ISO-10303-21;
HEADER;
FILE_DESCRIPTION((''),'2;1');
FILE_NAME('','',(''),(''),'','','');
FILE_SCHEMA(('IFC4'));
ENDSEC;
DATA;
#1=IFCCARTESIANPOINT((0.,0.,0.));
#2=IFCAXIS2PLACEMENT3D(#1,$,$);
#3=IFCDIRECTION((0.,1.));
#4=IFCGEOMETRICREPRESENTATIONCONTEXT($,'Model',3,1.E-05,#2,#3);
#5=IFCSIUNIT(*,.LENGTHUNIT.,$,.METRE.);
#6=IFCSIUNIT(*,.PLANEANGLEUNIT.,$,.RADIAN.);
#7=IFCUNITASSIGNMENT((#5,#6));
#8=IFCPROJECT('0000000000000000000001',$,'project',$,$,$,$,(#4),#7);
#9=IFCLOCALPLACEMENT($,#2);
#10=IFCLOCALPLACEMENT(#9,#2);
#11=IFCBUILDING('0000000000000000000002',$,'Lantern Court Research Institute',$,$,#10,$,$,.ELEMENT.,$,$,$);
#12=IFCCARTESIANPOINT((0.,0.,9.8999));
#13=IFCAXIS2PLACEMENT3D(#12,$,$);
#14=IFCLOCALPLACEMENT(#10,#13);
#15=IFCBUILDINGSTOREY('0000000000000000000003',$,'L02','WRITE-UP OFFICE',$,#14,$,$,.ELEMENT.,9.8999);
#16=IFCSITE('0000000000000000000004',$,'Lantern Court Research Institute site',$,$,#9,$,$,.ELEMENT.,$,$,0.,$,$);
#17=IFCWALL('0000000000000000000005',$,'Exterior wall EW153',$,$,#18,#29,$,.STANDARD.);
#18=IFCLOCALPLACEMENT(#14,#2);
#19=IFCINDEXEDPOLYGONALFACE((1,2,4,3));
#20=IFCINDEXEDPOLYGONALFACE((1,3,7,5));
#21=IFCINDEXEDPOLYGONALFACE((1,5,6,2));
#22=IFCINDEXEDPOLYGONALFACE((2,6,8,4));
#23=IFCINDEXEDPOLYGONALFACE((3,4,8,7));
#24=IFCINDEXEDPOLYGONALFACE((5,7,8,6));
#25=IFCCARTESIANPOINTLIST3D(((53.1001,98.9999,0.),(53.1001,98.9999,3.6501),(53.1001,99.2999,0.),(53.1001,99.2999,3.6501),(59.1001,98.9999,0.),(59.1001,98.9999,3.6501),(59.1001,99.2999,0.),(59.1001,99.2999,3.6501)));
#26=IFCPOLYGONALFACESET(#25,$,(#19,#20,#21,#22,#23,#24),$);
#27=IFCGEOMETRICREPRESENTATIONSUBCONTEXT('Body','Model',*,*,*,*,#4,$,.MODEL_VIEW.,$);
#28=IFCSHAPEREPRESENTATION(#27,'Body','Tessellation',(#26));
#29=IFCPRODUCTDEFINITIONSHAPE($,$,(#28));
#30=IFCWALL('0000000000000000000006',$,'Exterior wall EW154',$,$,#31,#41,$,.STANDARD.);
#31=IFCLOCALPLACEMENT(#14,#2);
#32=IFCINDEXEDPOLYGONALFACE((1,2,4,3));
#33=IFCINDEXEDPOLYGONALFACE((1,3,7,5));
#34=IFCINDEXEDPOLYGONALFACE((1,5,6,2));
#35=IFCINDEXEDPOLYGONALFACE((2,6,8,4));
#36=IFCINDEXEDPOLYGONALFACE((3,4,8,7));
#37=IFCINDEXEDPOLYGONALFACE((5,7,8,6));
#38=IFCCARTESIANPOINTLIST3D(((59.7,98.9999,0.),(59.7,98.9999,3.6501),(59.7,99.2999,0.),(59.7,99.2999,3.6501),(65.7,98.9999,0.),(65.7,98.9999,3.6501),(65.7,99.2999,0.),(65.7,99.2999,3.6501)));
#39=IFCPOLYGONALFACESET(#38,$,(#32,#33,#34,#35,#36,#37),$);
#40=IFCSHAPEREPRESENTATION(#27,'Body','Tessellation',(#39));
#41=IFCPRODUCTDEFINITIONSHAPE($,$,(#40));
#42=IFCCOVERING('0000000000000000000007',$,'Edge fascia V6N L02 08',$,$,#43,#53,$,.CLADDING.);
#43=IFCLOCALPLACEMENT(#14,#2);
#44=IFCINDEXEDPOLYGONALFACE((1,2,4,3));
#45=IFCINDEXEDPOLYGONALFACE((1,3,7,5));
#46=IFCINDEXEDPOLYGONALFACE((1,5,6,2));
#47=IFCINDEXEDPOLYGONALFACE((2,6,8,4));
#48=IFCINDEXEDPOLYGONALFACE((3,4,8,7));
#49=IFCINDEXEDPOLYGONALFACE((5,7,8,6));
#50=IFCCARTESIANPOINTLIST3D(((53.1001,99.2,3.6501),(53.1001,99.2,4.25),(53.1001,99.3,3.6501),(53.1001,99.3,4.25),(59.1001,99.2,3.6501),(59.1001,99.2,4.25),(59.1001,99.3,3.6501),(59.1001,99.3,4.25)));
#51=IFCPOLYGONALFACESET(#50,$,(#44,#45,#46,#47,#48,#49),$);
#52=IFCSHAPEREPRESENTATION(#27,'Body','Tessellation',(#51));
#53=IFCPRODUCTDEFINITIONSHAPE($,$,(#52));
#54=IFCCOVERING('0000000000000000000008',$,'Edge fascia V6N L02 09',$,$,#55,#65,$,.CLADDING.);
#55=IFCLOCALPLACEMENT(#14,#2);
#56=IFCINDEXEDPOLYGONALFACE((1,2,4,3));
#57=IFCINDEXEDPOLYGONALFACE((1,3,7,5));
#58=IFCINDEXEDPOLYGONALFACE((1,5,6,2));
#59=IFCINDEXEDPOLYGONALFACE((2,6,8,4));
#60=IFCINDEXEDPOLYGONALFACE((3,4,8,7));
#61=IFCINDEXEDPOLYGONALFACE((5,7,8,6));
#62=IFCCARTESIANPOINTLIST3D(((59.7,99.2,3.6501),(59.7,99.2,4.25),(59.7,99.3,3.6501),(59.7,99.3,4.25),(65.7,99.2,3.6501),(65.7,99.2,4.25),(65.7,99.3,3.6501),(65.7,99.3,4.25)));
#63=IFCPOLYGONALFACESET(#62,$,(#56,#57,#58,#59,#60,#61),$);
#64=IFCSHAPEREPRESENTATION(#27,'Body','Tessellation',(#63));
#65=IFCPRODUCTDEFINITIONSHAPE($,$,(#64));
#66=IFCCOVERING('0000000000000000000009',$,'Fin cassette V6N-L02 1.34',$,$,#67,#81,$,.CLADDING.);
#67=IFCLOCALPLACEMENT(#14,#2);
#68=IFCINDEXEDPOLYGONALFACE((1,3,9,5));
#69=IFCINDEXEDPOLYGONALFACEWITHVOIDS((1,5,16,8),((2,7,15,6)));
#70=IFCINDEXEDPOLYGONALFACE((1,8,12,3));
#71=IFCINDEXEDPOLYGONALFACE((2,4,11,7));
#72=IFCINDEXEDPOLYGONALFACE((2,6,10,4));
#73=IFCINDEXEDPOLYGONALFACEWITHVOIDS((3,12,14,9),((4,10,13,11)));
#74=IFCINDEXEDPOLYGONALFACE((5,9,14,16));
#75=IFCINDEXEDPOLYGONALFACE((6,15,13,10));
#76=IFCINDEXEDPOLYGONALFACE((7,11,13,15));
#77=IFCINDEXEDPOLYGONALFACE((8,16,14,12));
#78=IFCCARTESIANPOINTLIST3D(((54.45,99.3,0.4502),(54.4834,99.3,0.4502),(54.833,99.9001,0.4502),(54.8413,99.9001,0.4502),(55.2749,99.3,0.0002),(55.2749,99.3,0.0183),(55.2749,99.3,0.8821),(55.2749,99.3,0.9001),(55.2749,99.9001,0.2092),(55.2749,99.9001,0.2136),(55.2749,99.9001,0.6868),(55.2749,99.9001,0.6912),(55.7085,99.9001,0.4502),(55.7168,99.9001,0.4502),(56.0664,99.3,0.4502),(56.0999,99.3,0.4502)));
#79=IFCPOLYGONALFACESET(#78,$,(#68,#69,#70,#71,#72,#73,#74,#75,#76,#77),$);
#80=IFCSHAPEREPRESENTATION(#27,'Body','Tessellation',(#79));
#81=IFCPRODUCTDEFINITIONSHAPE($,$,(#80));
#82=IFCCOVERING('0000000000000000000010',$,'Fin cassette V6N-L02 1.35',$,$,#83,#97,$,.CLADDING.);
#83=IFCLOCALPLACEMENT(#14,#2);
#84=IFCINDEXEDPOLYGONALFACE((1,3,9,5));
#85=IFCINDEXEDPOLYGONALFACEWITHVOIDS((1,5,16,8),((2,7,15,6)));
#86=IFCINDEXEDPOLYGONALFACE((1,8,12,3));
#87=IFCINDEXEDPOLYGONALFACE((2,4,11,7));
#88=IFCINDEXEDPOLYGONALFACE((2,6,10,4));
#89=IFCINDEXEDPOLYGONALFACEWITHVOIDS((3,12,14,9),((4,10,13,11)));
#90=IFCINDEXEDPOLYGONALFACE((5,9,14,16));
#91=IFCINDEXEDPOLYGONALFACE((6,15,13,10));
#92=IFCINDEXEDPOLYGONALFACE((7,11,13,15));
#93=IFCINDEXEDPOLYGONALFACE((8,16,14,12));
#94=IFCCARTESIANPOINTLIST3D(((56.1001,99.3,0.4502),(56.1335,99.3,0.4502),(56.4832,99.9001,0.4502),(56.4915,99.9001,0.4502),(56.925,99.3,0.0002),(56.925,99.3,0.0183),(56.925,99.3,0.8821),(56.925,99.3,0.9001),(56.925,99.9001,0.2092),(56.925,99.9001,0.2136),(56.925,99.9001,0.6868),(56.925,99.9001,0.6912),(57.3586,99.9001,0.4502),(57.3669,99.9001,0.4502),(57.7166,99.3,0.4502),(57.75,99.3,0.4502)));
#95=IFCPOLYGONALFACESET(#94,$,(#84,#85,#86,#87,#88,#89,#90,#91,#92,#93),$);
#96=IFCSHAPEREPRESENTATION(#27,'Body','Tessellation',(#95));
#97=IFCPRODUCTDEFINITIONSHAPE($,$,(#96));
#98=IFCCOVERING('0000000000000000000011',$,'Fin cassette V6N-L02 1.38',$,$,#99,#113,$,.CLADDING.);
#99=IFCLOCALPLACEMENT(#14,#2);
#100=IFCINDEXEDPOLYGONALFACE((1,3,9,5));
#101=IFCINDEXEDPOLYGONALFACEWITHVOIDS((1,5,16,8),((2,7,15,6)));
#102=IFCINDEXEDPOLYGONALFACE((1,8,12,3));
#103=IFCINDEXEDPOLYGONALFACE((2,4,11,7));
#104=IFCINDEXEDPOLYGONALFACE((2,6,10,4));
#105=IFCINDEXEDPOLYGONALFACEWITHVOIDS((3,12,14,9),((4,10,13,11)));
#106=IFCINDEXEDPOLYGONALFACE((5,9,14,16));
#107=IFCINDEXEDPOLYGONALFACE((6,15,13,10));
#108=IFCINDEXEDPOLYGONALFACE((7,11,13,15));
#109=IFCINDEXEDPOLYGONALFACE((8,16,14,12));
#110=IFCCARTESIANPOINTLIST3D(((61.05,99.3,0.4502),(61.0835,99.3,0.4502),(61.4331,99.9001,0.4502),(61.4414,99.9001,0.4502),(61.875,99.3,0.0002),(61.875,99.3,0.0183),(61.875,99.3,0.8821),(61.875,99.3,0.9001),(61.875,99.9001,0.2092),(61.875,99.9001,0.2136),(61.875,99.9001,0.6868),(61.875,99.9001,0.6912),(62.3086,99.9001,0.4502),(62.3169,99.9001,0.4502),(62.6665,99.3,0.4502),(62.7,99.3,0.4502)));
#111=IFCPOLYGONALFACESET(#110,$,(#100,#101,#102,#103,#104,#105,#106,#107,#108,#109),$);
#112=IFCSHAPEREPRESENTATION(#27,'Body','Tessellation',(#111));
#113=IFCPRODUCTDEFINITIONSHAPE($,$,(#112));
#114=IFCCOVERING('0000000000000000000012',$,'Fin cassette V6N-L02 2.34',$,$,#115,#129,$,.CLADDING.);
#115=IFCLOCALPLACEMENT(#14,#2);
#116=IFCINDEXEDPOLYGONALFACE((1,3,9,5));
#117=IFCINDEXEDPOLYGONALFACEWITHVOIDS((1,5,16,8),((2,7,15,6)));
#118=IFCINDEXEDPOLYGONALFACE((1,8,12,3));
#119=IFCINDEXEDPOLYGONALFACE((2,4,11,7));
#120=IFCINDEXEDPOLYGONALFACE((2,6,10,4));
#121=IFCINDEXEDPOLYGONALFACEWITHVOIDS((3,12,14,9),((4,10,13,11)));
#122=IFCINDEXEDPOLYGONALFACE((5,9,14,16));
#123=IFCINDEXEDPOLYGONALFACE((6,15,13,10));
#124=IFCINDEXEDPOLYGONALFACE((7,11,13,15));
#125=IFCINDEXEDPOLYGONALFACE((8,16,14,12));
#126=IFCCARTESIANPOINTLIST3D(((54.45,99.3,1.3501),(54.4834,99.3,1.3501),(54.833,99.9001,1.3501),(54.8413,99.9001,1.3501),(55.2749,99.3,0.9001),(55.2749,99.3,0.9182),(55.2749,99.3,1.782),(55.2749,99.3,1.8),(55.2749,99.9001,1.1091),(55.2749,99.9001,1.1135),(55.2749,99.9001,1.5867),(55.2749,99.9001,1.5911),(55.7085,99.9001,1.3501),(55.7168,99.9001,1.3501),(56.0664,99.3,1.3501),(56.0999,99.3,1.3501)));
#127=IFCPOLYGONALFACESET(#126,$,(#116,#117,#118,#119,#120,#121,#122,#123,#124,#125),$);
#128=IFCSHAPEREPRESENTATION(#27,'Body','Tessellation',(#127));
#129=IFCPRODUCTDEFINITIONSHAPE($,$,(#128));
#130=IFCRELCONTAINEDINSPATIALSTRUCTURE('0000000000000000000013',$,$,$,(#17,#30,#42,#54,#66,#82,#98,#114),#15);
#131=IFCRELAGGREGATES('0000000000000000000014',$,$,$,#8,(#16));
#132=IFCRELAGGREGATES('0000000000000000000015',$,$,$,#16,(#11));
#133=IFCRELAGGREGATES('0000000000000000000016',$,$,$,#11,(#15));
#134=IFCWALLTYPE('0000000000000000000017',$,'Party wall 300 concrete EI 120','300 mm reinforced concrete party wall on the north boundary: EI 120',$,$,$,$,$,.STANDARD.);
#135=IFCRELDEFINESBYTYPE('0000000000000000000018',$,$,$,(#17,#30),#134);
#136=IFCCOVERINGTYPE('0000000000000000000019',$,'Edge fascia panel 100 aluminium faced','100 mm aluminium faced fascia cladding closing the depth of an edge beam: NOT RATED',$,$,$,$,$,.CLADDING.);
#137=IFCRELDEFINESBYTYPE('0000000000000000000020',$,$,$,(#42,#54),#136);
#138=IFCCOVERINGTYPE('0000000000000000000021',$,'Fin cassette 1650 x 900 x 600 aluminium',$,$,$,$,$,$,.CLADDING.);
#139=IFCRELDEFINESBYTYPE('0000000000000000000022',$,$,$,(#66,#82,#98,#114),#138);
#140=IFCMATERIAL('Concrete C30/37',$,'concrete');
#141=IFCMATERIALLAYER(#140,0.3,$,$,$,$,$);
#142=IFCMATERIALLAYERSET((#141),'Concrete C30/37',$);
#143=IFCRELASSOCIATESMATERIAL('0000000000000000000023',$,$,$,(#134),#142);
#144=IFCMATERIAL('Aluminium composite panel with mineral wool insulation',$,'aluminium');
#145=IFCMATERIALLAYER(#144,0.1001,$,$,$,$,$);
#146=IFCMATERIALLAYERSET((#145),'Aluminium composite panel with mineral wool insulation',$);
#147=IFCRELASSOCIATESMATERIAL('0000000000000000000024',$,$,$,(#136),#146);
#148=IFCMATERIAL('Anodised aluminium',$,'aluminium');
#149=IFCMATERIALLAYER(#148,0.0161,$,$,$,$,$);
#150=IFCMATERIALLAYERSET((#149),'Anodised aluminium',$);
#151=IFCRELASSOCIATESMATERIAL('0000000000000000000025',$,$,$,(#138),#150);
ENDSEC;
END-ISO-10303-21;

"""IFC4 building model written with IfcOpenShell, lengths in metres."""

from ifc_helpers import new_model, entity, si_unit, direction, frame, frame_2d, origin, place, context, subcontext, project, spatial, rectangle, extrude, material, layer, layer_set, type_object, element, save


model = new_model("IFC4")

# Units and contexts
model_context = context("Model", 3, precision=1e-05, world=origin(), true_north=direction((0.0, 1.0)))
body_context = subcontext(model_context, "Body", "Model", "MODEL_VIEW")
ifc_project = project(units=[si_unit("LENGTHUNIT", "METRE"), si_unit("PLANEANGLEUNIT", "RADIAN")], contexts=[model_context])

# Site, building, storey
site_placement = place(None, origin())
site = spatial("IfcSite", under=ifc_project, at=site_placement, Name="Lantern Court Research Institute site", CompositionType="ELEMENT", RefElevation=0.0)
building_placement = place(site_placement, origin())
building = spatial("IfcBuilding", under=site, at=building_placement, Name="Lantern Court Research Institute", CompositionType="ELEMENT")
storey_placement = place(building_placement, frame((0.0, 0.0, 9.8999)))
storey = spatial("IfcBuildingStorey", under=building, at=storey_placement, Name="L02", Description="WRITE-UP OFFICE", CompositionType="ELEMENT", Elevation=9.8999)

# Walls
ifc_material_1 = material(Name="Concrete C30/37", Category="concrete")
ifc_layer_1 = layer(ifc_material_1, 0.3)
ifc_layer_set_1 = layer_set([ifc_layer_1], Name="Concrete C30/37")
wall_type = type_object("IfcWallType", Name="Party wall 300 concrete EI 120", Description="300 mm reinforced concrete party wall on the north boundary: EI 120", PredefinedType="STANDARD", material=ifc_layer_set_1)
for number, where, z_axis, x_axis, name in (
    (1, (53.1001, 99.1499, 0.0), (0.0, 0.0, 1.0), (1.0, 0.0, 0.0), "Exterior wall EW153"),
    (2, (59.7, 99.1499, 0.0), (0.0, 0.0, 1.0), (1.0, 0.0, 0.0), "Exterior wall EW154"),
):
    element("IfcWall", number, at=place(storey_placement, frame(where, z_axis=z_axis, x_axis=x_axis)), inside=storey, type_object=wall_type, Name=name, PredefinedType="STANDARD", context=body_context, shape_type="SweptSolid", body=[
        extrude(rectangle(XDim=6.0, YDim=0.3, at=frame_2d((3.0, 0.0))), origin(), (0.0, 0.0, 1.0), 3.6501),
    ])

# Coverings
ifc_material_2 = material(Name="Aluminium composite panel with mineral wool insulation", Category="aluminium")
ifc_layer_2 = layer(ifc_material_2, 0.1001)
ifc_layer_set_2 = layer_set([ifc_layer_2], Name="Aluminium composite panel with mineral wool insulation")
covering_type_1 = type_object("IfcCoveringType", Name="Edge fascia panel 100 aluminium faced", Description="100 mm aluminium faced fascia cladding closing the depth of an edge beam: NOT RATED", PredefinedType="CLADDING", material=ifc_layer_set_2)
for number, where, z_axis, x_axis, name in (
    (3, (53.1001, 99.25, 3.6501), (0.0, 0.0, 1.0), (1.0, 0.0, 0.0), "Edge fascia V6N L02 08"),
    (4, (59.7, 99.25, 3.6501), (0.0, 0.0, 1.0), (1.0, 0.0, 0.0), "Edge fascia V6N L02 09"),
):
    element("IfcCovering", number, at=place(storey_placement, frame(where, z_axis=z_axis, x_axis=x_axis)), inside=storey, type_object=covering_type_1, Name=name, PredefinedType="CLADDING", context=body_context, shape_type="SweptSolid", body=[
        extrude(rectangle(XDim=6.0, YDim=0.1001, at=frame_2d((3.0, 0.0))), origin(), (0.0, 0.0, 1.0), 0.5999),
    ])
ifc_material_3 = material(Name="Anodised aluminium", Category="aluminium")
ifc_layer_3 = layer(ifc_material_3, 0.0161)
ifc_layer_set_3 = layer_set([ifc_layer_3], Name="Anodised aluminium")
covering_type_2 = type_object("IfcCoveringType", Name="Fin cassette 1650 x 900 x 600 aluminium", PredefinedType="CLADDING", material=ifc_layer_set_3)
covering_1_placement = place(storey_placement, frame((55.2749, 99.3, 0.4502), z_axis=(0.0, 1.0, 0.0), x_axis=(-1.0, 0.0, 0.0)))
cartesian_point_1 = entity("IfcCartesianPoint", [0.825, 0.0])
cartesian_point_2 = entity("IfcCartesianPoint", [0.7915, 0.0])
cartesian_point_3 = entity("IfcCartesianPoint", [0.4419, 0.0])
cartesian_point_4 = entity("IfcCartesianPoint", [0.4336, 0.0])
element("IfcCovering", 5, at=covering_1_placement, inside=storey, type_object=covering_type_2, Name="Fin cassette V6N-L02 1.34", PredefinedType="CLADDING", context=body_context, shape_type="SweptSolid", body=[
    entity("IfcExtrudedAreaSolidTapered", entity("IfcArbitraryProfileDefWithVoids", "AREA", None, entity("IfcPolyline", [cartesian_point_1, entity("IfcCartesianPoint", [0.0, 0.45]), entity("IfcCartesianPoint", [-0.825, 0.0]), entity("IfcCartesianPoint", [0.0, -0.45]), cartesian_point_1]), [entity("IfcPolyline", [cartesian_point_2, entity("IfcCartesianPoint", [0.0, 0.4319]), entity("IfcCartesianPoint", [-0.7915, 0.0]), entity("IfcCartesianPoint", [0.0, -0.4319]), cartesian_point_2])]), entity("IfcAxis2Placement3D", entity("IfcCartesianPoint", [0.0, 0.0, 0.0])), entity("IfcDirection", [0.0, 0.0, 1.0]), 0.6001, entity("IfcArbitraryProfileDefWithVoids", "AREA", None, entity("IfcPolyline", [cartesian_point_3, entity("IfcCartesianPoint", [0.0, 0.241]), entity("IfcCartesianPoint", [-0.4419, 0.0]), entity("IfcCartesianPoint", [0.0, -0.241]), cartesian_point_3]), [entity("IfcPolyline", [cartesian_point_4, entity("IfcCartesianPoint", [0.0, 0.2366]), entity("IfcCartesianPoint", [-0.4336, 0.0]), entity("IfcCartesianPoint", [0.0, -0.2366]), cartesian_point_4])])),
])
covering_2_placement = place(storey_placement, frame((56.925, 99.3, 0.4502), z_axis=(0.0, 1.0, 0.0), x_axis=(-1.0, 0.0, 0.0)))
cartesian_point_5 = entity("IfcCartesianPoint", [0.825, 0.0])
cartesian_point_6 = entity("IfcCartesianPoint", [0.7915, 0.0])
cartesian_point_7 = entity("IfcCartesianPoint", [0.4419, 0.0])
cartesian_point_8 = entity("IfcCartesianPoint", [0.4336, 0.0])
element("IfcCovering", 6, at=covering_2_placement, inside=storey, type_object=covering_type_2, Name="Fin cassette V6N-L02 1.35", PredefinedType="CLADDING", context=body_context, shape_type="SweptSolid", body=[
    entity("IfcExtrudedAreaSolidTapered", entity("IfcArbitraryProfileDefWithVoids", "AREA", None, entity("IfcPolyline", [cartesian_point_5, entity("IfcCartesianPoint", [0.0, 0.45]), entity("IfcCartesianPoint", [-0.825, 0.0]), entity("IfcCartesianPoint", [0.0, -0.45]), cartesian_point_5]), [entity("IfcPolyline", [cartesian_point_6, entity("IfcCartesianPoint", [0.0, 0.4319]), entity("IfcCartesianPoint", [-0.7915, 0.0]), entity("IfcCartesianPoint", [0.0, -0.4319]), cartesian_point_6])]), entity("IfcAxis2Placement3D", entity("IfcCartesianPoint", [0.0, 0.0, 0.0])), entity("IfcDirection", [0.0, 0.0, 1.0]), 0.6001, entity("IfcArbitraryProfileDefWithVoids", "AREA", None, entity("IfcPolyline", [cartesian_point_7, entity("IfcCartesianPoint", [0.0, 0.241]), entity("IfcCartesianPoint", [-0.4419, 0.0]), entity("IfcCartesianPoint", [0.0, -0.241]), cartesian_point_7]), [entity("IfcPolyline", [cartesian_point_8, entity("IfcCartesianPoint", [0.0, 0.2366]), entity("IfcCartesianPoint", [-0.4336, 0.0]), entity("IfcCartesianPoint", [0.0, -0.2366]), cartesian_point_8])])),
])
covering_3_placement = place(storey_placement, frame((61.875, 99.3, 0.4502), z_axis=(0.0, 1.0, 0.0), x_axis=(-1.0, 0.0, 0.0)))
cartesian_point_9 = entity("IfcCartesianPoint", [0.825, 0.0])
cartesian_point_10 = entity("IfcCartesianPoint", [0.7915, 0.0])
cartesian_point_11 = entity("IfcCartesianPoint", [0.4419, 0.0])
cartesian_point_12 = entity("IfcCartesianPoint", [0.4336, 0.0])
element("IfcCovering", 7, at=covering_3_placement, inside=storey, type_object=covering_type_2, Name="Fin cassette V6N-L02 1.38", PredefinedType="CLADDING", context=body_context, shape_type="SweptSolid", body=[
    entity("IfcExtrudedAreaSolidTapered", entity("IfcArbitraryProfileDefWithVoids", "AREA", None, entity("IfcPolyline", [cartesian_point_9, entity("IfcCartesianPoint", [0.0, 0.45]), entity("IfcCartesianPoint", [-0.825, 0.0]), entity("IfcCartesianPoint", [0.0, -0.45]), cartesian_point_9]), [entity("IfcPolyline", [cartesian_point_10, entity("IfcCartesianPoint", [0.0, 0.4319]), entity("IfcCartesianPoint", [-0.7915, 0.0]), entity("IfcCartesianPoint", [0.0, -0.4319]), cartesian_point_10])]), entity("IfcAxis2Placement3D", entity("IfcCartesianPoint", [0.0, 0.0, 0.0])), entity("IfcDirection", [0.0, 0.0, 1.0]), 0.6001, entity("IfcArbitraryProfileDefWithVoids", "AREA", None, entity("IfcPolyline", [cartesian_point_11, entity("IfcCartesianPoint", [0.0, 0.241]), entity("IfcCartesianPoint", [-0.4419, 0.0]), entity("IfcCartesianPoint", [0.0, -0.241]), cartesian_point_11]), [entity("IfcPolyline", [cartesian_point_12, entity("IfcCartesianPoint", [0.0, 0.2366]), entity("IfcCartesianPoint", [-0.4336, 0.0]), entity("IfcCartesianPoint", [0.0, -0.2366]), cartesian_point_12])])),
])
covering_4_placement = place(storey_placement, frame((55.2749, 99.3, 1.3501), z_axis=(0.0, 1.0, 0.0), x_axis=(-1.0, 0.0, 0.0)))
cartesian_point_13 = entity("IfcCartesianPoint", [0.825, 0.0])
cartesian_point_14 = entity("IfcCartesianPoint", [0.7915, 0.0])
cartesian_point_15 = entity("IfcCartesianPoint", [0.4419, 0.0])
cartesian_point_16 = entity("IfcCartesianPoint", [0.4336, 0.0])
element("IfcCovering", 8, at=covering_4_placement, inside=storey, type_object=covering_type_2, Name="Fin cassette V6N-L02 2.34", PredefinedType="CLADDING", context=body_context, shape_type="SweptSolid", body=[
    entity("IfcExtrudedAreaSolidTapered", entity("IfcArbitraryProfileDefWithVoids", "AREA", None, entity("IfcPolyline", [cartesian_point_13, entity("IfcCartesianPoint", [0.0, 0.45]), entity("IfcCartesianPoint", [-0.825, 0.0]), entity("IfcCartesianPoint", [0.0, -0.45]), cartesian_point_13]), [entity("IfcPolyline", [cartesian_point_14, entity("IfcCartesianPoint", [0.0, 0.4319]), entity("IfcCartesianPoint", [-0.7915, 0.0]), entity("IfcCartesianPoint", [0.0, -0.4319]), cartesian_point_14])]), entity("IfcAxis2Placement3D", entity("IfcCartesianPoint", [0.0, 0.0, 0.0])), entity("IfcDirection", [0.0, 0.0, 1.0]), 0.6001, entity("IfcArbitraryProfileDefWithVoids", "AREA", None, entity("IfcPolyline", [cartesian_point_15, entity("IfcCartesianPoint", [0.0, 0.241]), entity("IfcCartesianPoint", [-0.4419, 0.0]), entity("IfcCartesianPoint", [0.0, -0.241]), cartesian_point_15]), [entity("IfcPolyline", [cartesian_point_16, entity("IfcCartesianPoint", [0.0, 0.2366]), entity("IfcCartesianPoint", [-0.4336, 0.0]), entity("IfcCartesianPoint", [0.0, -0.2366]), cartesian_point_16])])),
])

save(model, "model.ifc")
